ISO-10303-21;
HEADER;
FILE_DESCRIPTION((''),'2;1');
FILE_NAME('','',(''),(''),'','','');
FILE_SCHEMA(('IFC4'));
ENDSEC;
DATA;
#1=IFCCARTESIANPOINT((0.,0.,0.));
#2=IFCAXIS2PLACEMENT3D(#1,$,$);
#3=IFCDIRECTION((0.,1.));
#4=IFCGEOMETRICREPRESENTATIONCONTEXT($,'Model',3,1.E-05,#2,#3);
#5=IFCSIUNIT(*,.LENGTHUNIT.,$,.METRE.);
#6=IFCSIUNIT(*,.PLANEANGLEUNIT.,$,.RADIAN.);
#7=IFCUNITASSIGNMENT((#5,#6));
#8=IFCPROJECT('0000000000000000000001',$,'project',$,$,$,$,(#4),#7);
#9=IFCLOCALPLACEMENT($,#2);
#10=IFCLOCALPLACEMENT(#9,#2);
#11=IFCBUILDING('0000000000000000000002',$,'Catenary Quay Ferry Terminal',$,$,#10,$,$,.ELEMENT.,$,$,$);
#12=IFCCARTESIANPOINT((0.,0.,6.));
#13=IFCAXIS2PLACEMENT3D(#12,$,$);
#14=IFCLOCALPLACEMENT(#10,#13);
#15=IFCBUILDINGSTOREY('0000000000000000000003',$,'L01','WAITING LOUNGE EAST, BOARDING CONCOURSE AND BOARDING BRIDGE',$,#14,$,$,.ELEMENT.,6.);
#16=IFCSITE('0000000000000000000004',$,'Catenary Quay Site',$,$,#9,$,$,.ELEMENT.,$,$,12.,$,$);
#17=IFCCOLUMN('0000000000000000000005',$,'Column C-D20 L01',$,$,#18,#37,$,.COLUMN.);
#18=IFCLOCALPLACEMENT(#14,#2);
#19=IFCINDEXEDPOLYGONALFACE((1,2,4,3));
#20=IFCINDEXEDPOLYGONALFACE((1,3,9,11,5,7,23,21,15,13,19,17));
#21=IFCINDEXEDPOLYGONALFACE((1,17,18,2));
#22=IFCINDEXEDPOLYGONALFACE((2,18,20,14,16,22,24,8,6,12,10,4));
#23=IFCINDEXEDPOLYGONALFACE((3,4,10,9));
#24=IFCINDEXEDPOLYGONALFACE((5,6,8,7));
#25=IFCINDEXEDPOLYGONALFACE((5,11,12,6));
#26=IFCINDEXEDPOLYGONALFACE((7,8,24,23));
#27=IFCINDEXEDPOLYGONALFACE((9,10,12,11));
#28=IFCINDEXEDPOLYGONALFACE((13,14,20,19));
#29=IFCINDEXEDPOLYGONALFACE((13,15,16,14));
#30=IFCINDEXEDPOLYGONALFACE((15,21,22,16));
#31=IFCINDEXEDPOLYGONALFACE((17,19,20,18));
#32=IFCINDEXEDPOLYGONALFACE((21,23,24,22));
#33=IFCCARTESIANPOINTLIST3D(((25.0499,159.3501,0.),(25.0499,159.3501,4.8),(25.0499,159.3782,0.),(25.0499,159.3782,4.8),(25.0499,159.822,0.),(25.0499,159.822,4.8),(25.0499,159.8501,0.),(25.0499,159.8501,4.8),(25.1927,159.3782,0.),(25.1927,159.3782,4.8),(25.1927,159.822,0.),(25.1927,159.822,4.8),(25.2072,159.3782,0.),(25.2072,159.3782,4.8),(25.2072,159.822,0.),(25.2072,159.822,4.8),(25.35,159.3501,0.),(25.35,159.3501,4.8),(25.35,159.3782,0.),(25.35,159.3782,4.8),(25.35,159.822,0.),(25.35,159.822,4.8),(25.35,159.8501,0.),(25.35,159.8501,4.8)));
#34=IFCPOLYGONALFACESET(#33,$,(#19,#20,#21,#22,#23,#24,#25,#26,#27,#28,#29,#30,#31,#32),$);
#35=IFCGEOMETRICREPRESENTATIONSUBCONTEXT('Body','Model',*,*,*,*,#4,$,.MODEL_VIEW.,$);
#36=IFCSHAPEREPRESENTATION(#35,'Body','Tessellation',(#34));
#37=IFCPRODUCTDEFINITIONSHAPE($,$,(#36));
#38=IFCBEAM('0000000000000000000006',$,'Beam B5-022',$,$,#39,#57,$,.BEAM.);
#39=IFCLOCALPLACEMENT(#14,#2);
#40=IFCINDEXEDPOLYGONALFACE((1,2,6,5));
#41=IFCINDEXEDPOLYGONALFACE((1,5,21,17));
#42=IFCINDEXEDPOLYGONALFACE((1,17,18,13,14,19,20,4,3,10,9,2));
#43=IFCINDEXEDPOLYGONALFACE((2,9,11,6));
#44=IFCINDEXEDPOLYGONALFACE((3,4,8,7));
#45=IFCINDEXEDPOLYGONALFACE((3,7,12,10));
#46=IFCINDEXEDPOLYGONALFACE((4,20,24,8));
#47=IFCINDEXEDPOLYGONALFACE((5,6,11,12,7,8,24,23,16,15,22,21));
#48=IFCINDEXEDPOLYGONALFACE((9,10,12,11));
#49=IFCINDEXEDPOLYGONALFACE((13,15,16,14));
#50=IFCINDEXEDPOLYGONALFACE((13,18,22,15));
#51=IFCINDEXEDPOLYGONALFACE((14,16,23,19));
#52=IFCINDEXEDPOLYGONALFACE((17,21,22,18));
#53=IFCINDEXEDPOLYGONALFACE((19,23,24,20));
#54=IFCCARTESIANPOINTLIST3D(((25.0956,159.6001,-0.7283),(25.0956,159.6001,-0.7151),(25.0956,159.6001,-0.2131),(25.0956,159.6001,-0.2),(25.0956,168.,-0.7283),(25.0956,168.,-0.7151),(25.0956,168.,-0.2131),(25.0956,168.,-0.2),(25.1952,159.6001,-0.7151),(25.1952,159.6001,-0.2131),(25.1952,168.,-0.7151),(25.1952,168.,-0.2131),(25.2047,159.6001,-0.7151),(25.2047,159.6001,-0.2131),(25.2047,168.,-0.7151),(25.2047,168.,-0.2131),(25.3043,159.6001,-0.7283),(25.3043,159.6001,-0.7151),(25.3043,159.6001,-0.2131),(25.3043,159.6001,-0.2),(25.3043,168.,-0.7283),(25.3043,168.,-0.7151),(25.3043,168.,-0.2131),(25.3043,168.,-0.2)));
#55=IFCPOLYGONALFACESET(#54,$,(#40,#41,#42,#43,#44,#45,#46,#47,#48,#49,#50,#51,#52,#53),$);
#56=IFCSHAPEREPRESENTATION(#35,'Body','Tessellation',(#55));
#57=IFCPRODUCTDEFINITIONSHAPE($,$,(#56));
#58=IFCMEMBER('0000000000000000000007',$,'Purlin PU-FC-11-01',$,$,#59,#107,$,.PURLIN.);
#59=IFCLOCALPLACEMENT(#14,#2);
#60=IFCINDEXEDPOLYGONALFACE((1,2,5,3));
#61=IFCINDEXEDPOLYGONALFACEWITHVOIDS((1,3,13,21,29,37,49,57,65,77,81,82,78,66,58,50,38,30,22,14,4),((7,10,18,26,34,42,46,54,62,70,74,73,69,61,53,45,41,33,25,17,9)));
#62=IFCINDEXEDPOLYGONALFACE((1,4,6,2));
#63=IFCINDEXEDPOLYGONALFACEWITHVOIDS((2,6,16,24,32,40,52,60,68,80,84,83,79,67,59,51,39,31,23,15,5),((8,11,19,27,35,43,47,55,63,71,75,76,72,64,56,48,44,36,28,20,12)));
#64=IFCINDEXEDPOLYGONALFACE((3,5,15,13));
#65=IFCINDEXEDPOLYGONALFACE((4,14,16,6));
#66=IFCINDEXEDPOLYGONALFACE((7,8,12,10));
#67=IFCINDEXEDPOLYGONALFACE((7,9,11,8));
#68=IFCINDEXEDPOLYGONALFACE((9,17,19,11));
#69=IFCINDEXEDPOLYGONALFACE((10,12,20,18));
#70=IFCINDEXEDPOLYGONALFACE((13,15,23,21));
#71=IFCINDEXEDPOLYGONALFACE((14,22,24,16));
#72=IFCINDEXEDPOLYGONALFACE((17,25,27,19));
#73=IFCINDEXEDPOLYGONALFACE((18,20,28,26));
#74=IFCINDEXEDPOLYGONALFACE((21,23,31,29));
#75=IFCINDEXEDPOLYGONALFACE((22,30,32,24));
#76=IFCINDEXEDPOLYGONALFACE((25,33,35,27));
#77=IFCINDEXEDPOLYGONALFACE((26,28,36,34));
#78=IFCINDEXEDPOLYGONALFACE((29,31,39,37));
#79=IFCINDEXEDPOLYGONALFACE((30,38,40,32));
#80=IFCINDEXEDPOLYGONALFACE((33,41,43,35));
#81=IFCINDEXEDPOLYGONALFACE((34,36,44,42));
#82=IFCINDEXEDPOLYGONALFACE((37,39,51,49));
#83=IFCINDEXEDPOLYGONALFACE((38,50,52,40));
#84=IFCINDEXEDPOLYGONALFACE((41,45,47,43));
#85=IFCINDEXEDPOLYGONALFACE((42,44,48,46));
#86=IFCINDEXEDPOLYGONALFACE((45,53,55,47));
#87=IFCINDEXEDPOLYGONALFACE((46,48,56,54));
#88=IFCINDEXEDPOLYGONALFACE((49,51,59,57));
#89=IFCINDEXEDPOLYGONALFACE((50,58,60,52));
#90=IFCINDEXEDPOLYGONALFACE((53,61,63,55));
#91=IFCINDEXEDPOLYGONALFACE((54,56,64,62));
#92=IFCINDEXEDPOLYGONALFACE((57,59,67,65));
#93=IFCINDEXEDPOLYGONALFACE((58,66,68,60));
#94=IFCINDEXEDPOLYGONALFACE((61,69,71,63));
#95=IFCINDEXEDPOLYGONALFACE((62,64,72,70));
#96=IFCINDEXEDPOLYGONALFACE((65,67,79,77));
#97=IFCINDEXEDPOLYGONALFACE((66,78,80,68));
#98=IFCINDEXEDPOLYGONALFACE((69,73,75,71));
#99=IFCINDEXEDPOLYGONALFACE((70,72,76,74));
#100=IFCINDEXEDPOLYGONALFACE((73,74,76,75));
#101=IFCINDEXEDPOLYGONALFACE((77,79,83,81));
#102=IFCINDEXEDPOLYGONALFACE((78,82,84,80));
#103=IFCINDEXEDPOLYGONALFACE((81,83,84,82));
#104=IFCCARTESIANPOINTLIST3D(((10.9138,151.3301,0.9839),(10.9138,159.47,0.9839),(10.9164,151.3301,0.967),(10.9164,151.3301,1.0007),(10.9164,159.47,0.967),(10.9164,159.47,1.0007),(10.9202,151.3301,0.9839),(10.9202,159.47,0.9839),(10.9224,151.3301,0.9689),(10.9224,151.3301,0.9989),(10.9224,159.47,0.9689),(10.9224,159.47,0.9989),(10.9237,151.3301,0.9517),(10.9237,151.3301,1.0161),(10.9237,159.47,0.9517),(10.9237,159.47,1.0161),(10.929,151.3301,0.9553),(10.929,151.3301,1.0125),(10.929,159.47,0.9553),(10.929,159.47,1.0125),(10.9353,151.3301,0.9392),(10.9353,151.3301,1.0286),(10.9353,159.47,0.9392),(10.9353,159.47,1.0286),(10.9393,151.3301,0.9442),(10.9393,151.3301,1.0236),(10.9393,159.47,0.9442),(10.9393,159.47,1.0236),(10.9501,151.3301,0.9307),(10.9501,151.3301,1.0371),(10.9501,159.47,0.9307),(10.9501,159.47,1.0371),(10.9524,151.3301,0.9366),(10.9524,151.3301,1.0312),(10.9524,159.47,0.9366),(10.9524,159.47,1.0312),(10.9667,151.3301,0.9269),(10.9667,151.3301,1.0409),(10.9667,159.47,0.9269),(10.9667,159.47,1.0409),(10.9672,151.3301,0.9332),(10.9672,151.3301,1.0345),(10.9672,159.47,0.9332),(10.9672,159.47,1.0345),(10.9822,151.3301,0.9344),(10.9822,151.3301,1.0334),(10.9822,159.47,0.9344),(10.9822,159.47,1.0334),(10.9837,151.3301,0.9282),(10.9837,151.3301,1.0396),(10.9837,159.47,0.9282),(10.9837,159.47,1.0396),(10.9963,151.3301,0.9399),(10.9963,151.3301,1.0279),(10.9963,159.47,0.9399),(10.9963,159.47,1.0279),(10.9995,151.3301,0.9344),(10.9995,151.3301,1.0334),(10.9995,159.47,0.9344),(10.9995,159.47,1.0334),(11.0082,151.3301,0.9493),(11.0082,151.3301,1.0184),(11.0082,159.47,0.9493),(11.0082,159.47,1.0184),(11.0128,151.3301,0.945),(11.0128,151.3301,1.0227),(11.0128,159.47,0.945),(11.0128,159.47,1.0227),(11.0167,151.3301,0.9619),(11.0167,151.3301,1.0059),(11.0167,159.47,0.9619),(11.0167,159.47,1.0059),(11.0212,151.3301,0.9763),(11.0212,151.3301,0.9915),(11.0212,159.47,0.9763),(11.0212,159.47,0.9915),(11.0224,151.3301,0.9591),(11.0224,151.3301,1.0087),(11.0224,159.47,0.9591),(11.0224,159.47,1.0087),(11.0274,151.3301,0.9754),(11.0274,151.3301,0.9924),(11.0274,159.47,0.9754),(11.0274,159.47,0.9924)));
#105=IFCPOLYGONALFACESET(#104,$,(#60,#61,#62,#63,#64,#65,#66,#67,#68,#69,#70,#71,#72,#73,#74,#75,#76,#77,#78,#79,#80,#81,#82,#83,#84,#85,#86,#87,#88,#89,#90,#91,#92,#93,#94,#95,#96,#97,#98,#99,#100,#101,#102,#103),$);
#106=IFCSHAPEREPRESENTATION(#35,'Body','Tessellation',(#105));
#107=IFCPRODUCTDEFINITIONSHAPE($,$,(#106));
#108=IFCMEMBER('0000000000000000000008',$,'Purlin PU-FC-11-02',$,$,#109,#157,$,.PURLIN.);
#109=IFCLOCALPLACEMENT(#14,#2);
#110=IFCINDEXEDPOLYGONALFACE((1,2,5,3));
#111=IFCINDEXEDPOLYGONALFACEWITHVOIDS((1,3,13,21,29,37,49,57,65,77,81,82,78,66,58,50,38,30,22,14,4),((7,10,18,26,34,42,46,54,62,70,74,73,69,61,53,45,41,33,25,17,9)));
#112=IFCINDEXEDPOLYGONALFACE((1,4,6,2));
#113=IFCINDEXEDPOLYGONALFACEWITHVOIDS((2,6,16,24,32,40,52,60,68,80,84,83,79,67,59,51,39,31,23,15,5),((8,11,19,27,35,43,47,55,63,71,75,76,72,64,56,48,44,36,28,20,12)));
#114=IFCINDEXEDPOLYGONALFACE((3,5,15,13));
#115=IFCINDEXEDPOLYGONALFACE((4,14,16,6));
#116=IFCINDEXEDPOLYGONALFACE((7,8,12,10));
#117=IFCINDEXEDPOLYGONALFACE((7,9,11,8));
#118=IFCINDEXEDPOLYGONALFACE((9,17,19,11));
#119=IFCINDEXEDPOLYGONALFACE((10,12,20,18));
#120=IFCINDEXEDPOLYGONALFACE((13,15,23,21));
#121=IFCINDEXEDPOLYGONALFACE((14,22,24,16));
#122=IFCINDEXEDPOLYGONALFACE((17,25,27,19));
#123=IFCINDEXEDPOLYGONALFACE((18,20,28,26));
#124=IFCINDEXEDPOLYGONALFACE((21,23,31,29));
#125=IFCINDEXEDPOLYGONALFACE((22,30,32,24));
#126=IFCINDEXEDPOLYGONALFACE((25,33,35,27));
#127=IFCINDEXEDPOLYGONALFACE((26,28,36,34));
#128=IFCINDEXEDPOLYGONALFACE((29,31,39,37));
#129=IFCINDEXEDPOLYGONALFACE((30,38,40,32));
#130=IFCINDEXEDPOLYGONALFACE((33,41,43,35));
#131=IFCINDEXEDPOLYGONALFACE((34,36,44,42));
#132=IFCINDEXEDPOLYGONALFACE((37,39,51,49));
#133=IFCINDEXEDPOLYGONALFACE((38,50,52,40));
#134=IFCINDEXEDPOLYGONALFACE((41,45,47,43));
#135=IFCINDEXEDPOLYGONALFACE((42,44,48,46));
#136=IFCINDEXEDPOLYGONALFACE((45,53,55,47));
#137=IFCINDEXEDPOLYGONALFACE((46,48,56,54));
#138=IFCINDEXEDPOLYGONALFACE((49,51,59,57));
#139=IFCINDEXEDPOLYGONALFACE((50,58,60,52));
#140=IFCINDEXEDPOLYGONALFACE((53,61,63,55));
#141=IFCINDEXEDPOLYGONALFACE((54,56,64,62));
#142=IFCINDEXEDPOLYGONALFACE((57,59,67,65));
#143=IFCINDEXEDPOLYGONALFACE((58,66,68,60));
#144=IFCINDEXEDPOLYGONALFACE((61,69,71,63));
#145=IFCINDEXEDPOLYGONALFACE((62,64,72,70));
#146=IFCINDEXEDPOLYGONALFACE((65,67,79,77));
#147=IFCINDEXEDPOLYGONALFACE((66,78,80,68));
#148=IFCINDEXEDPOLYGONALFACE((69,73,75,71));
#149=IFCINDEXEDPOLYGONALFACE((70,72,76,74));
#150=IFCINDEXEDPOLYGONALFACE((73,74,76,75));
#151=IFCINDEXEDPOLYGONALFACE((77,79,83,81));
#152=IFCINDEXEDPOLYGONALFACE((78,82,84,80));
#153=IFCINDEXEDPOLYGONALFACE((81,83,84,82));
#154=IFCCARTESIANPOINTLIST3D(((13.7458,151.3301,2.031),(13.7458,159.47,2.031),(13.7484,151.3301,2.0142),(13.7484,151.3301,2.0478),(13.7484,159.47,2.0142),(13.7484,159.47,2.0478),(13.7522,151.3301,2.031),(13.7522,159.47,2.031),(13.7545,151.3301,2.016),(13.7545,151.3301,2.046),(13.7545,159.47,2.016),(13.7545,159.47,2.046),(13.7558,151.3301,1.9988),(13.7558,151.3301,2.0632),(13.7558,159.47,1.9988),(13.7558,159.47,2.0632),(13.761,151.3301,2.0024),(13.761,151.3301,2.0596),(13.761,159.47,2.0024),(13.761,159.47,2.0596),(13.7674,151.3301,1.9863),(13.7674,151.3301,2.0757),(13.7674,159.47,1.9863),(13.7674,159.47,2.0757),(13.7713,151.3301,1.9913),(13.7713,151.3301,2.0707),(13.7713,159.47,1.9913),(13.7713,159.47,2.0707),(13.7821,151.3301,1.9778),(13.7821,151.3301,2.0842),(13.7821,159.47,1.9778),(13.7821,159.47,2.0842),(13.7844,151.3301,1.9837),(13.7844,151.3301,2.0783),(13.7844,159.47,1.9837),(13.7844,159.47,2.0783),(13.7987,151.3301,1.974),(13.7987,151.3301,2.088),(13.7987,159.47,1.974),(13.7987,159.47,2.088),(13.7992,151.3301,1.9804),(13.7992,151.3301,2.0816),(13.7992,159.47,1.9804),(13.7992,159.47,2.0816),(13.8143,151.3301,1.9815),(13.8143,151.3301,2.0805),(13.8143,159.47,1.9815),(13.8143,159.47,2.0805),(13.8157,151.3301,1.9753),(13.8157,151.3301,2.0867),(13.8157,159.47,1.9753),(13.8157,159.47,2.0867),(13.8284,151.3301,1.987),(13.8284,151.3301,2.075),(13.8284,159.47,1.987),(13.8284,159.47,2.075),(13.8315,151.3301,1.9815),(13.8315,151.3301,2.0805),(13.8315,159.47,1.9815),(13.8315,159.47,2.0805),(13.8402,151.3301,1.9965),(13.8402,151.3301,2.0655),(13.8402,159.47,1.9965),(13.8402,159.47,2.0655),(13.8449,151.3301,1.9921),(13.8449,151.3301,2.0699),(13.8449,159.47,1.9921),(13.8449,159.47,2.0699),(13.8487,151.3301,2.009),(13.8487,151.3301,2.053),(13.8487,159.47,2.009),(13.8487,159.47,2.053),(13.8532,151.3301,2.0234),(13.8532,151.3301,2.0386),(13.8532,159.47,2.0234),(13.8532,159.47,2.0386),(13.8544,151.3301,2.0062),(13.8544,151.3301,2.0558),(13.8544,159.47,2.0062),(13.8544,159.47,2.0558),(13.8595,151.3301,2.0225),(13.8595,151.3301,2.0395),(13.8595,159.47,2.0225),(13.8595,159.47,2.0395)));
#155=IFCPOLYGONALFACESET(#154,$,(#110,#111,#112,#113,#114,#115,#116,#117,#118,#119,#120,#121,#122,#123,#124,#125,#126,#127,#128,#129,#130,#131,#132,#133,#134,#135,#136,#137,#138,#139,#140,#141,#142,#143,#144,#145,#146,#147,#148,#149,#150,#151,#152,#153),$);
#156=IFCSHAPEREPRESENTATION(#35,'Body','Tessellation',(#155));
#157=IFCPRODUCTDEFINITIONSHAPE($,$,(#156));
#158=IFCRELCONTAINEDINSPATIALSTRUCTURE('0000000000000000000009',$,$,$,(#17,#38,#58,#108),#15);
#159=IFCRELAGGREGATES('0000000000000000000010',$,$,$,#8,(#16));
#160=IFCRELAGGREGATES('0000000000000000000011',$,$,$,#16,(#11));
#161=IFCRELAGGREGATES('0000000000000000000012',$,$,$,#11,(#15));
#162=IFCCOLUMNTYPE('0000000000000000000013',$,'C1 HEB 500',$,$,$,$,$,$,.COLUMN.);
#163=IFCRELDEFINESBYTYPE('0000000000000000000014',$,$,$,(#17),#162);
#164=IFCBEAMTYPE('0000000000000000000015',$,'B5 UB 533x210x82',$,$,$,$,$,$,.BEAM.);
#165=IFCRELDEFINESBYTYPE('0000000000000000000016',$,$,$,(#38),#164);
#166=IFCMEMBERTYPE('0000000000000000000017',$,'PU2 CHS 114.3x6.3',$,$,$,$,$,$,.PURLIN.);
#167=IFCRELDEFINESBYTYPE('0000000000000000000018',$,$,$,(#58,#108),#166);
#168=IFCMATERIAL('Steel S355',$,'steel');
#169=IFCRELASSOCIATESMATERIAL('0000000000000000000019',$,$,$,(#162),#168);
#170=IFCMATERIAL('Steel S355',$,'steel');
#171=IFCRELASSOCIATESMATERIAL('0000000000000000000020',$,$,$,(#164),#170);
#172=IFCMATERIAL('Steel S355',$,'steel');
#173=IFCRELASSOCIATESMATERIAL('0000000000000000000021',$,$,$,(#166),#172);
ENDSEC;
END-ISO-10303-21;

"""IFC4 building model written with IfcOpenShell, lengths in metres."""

from ifc_helpers import new_model, si_unit, direction, frame, origin, origin_2d, place, context, subcontext, project, spatial, hollow_circle, i_section, extrude, material, material_profile, profile_set, type_object, element, save


model = new_model("IFC4")

# Units and contexts
model_context = context("Model", 3, precision=1e-05, world=origin(), true_north=direction((0.0, 1.0)))
body_context = subcontext(model_context, "Body", "Model", "MODEL_VIEW")
ifc_project = project(units=[si_unit("LENGTHUNIT", "METRE"), si_unit("PLANEANGLEUNIT", "RADIAN")], contexts=[model_context])

# Site, building, storey
site_placement = place(None, origin())
site = spatial("IfcSite", under=ifc_project, at=site_placement, Name="Catenary Quay Site", CompositionType="ELEMENT", RefElevation=12.0)
building_placement = place(site_placement, origin())
building = spatial("IfcBuilding", under=site, at=building_placement, Name="Catenary Quay Ferry Terminal", CompositionType="ELEMENT")
storey_placement = place(building_placement, frame((0.0, 0.0, 6.0)))
storey = spatial("IfcBuildingStorey", under=building, at=storey_placement, Name="L01", Description="WAITING LOUNGE EAST, BOARDING CONCOURSE AND BOARDING BRIDGE", CompositionType="ELEMENT", Elevation=6.0)

# Column
ifc_material_1 = material(Name="Steel S355", Category="steel")
ifc_material_profile_1 = material_profile(ifc_material_1, i_section(OverallWidth=0.3, OverallDepth=0.5, WebThickness=0.0144, FlangeThickness=0.0281, at=origin_2d()), Name="HEB 500")
ifc_profile_set_1 = profile_set([ifc_material_profile_1], Name="Steel S355")
column_type = type_object("IfcColumnType", Name="C1 HEB 500", PredefinedType="COLUMN", material=ifc_profile_set_1)
column_placement = place(storey_placement, frame((25.2, 159.6001, 0.0), z_axis=(0.0, 0.0, 1.0), x_axis=(1.0, 0.0, 0.0)))
element("IfcColumn", 1, at=column_placement, inside=storey, type_object=column_type, Name="Column C-D20 L01", PredefinedType="COLUMN", context=body_context, shape_type="SweptSolid", body=[
    extrude(i_section(OverallWidth=0.3, OverallDepth=0.5, WebThickness=0.0144, FlangeThickness=0.0281, at=origin_2d()), origin(), (0.0, 0.0, 1.0), 4.8),
])

# Beam
ifc_material_2 = material(Name="Steel S355", Category="steel")
ifc_material_profile_2 = material_profile(ifc_material_2, i_section(OverallWidth=0.2087, OverallDepth=0.5283, WebThickness=0.0095, FlangeThickness=0.0132, at=origin_2d()), Name="UB 533x210x82")
ifc_profile_set_2 = profile_set([ifc_material_profile_2], Name="Steel S355")
beam_type = type_object("IfcBeamType", Name="B5 UB 533x210x82", PredefinedType="BEAM", material=ifc_profile_set_2)
beam_placement = place(storey_placement, frame((25.2, 159.6001, -0.4641), z_axis=(0.0, 1.0, 0.0), x_axis=(-1.0, 0.0, 0.0)))
element("IfcBeam", 2, at=beam_placement, inside=storey, type_object=beam_type, Name="Beam B5-022", PredefinedType="BEAM", context=body_context, shape_type="SweptSolid", body=[
    extrude(i_section(OverallWidth=0.2087, OverallDepth=0.5283, WebThickness=0.0095, FlangeThickness=0.0132, at=origin_2d()), origin(), (0.0, 0.0, 1.0), 8.3999),
])

# Members
ifc_material_3 = material(Name="Steel S355", Category="steel")
ifc_material_profile_3 = material_profile(ifc_material_3, hollow_circle(Radius=0.0571, WallThickness=0.0063, at=origin_2d()), Name="CHS 114.3x6.3")
ifc_profile_set_3 = profile_set([ifc_material_profile_3], Name="Steel S355")
member_type_1 = type_object("IfcMemberType", Name="PU2 CHS 114.3x6.3", PredefinedType="PURLIN", material=ifc_profile_set_3)
for number, where, z_axis, x_axis, name in (
    (3, (10.9709, 151.3301, 0.9839), (0.0, 1.0, 0.0), (-1.0, 0.0, 0.0), "Purlin PU-FC-11-01"),
    (4, (13.803, 151.3301, 2.031), (0.0, 1.0, 0.0), (-1.0, 0.0, 0.0), "Purlin PU-FC-11-02"),
):
    element("IfcMember", number, at=place(storey_placement, frame(where, z_axis=z_axis, x_axis=x_axis)), inside=storey, type_object=member_type_1, Name=name, PredefinedType="PURLIN", context=body_context, shape_type="SweptSolid", body=[
        extrude(hollow_circle(Radius=0.0571, WallThickness=0.0063, at=origin_2d()), origin(), (0.0, 0.0, 1.0), 8.1399),
    ])

save(model, "model.ifc")
